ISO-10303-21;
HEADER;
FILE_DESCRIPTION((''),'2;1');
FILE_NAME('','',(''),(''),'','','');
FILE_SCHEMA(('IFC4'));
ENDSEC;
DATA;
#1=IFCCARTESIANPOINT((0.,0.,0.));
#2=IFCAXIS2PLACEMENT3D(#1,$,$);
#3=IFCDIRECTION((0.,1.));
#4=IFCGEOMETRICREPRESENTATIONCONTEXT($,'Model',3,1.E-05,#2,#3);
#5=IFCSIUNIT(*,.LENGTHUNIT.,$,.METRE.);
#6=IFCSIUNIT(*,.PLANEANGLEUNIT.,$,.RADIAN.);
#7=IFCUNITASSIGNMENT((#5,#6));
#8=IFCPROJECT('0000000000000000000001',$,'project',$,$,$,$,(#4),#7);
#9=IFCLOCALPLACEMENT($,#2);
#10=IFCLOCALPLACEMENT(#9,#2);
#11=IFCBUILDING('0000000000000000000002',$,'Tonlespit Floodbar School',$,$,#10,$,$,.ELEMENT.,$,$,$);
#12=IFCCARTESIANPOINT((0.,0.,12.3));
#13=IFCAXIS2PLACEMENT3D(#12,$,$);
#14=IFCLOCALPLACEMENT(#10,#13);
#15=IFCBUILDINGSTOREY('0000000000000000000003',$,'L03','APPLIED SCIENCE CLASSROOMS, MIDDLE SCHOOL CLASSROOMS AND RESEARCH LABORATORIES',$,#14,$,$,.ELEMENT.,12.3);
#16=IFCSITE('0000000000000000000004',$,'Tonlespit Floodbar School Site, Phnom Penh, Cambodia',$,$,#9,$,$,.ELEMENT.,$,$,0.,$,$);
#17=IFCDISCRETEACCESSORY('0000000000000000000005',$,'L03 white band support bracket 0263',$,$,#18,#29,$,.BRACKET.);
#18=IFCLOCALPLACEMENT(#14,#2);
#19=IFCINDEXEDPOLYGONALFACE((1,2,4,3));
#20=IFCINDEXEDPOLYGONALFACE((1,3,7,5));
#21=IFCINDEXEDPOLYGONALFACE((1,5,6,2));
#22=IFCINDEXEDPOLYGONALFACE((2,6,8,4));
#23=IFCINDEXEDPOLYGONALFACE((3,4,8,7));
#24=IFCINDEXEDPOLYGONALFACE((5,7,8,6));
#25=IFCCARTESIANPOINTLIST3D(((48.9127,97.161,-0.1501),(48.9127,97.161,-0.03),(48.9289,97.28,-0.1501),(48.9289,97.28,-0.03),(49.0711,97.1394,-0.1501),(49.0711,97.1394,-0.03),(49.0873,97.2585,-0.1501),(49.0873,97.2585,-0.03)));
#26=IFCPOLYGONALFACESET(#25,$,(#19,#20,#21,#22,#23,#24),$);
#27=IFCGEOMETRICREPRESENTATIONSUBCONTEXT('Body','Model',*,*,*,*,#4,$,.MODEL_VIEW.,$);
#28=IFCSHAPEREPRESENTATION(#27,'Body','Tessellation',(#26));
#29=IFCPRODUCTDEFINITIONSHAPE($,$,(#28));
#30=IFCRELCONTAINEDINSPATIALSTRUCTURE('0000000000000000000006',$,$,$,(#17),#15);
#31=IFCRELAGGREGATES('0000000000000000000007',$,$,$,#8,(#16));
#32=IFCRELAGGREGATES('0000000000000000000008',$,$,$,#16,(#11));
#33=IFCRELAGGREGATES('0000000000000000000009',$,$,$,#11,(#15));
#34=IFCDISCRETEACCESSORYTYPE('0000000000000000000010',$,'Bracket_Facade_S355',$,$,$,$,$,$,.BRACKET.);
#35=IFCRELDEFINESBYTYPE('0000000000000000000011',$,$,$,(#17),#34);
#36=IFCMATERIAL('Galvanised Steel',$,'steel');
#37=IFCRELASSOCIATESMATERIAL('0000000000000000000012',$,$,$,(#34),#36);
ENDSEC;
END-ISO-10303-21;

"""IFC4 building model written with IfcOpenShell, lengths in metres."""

from ifc_helpers import new_model, si_unit, direction, frame, origin, origin_2d, place, context, subcontext, project, spatial, rectangle, extrude, material, type_object, element, save


model = new_model("IFC4")

# Units and contexts
model_context = context("Model", 3, precision=1e-05, world=origin(), true_north=direction((0.0, 1.0)))
body_context = subcontext(model_context, "Body", "Model", "MODEL_VIEW")
ifc_project = project(units=[si_unit("LENGTHUNIT", "METRE"), si_unit("PLANEANGLEUNIT", "RADIAN")], contexts=[model_context])

# Site, building, storey
site_placement = place(None, origin())
site = spatial("IfcSite", under=ifc_project, at=site_placement, Name="Tonlespit Floodbar School Site, Phnom Penh, Cambodia", CompositionType="ELEMENT", RefElevation=0.0)
building_placement = place(site_placement, origin())
building = spatial("IfcBuilding", under=site, at=building_placement, Name="Tonlespit Floodbar School", CompositionType="ELEMENT")
storey_placement = place(building_placement, frame((0.0, 0.0, 12.3)))
storey = spatial("IfcBuildingStorey", under=building, at=storey_placement, Name="L03", Description="APPLIED SCIENCE CLASSROOMS, MIDDLE SCHOOL CLASSROOMS AND RESEARCH LABORATORIES", CompositionType="ELEMENT", Elevation=12.3)

# Discrete accessory
ifc_material_1 = material(Name="Galvanised Steel", Category="steel")
discrete_accessory_type = type_object("IfcDiscreteAccessoryType", Name="Bracket_Facade_S355", PredefinedType="BRACKET", material=ifc_material_1)
for number, where, z_axis, x_axis, name in (
    (1, (49.0, 97.2097, -0.1501), (0.0, 0.0, 1.0), (0.990898, -0.134614, 0.0), "L03 white band support bracket 0263"),
):
    element("IfcDiscreteAccessory", number, at=place(storey_placement, frame(where, z_axis=z_axis, x_axis=x_axis)), inside=storey, type_object=discrete_accessory_type, Name=name, PredefinedType="BRACKET", context=body_context, shape_type="SweptSolid", body=[
        extrude(rectangle(XDim=0.1599, YDim=0.1201, at=origin_2d()), origin(), (0.0, 0.0, 1.0), 0.1201),
    ])

save(model, "model.ifc")
